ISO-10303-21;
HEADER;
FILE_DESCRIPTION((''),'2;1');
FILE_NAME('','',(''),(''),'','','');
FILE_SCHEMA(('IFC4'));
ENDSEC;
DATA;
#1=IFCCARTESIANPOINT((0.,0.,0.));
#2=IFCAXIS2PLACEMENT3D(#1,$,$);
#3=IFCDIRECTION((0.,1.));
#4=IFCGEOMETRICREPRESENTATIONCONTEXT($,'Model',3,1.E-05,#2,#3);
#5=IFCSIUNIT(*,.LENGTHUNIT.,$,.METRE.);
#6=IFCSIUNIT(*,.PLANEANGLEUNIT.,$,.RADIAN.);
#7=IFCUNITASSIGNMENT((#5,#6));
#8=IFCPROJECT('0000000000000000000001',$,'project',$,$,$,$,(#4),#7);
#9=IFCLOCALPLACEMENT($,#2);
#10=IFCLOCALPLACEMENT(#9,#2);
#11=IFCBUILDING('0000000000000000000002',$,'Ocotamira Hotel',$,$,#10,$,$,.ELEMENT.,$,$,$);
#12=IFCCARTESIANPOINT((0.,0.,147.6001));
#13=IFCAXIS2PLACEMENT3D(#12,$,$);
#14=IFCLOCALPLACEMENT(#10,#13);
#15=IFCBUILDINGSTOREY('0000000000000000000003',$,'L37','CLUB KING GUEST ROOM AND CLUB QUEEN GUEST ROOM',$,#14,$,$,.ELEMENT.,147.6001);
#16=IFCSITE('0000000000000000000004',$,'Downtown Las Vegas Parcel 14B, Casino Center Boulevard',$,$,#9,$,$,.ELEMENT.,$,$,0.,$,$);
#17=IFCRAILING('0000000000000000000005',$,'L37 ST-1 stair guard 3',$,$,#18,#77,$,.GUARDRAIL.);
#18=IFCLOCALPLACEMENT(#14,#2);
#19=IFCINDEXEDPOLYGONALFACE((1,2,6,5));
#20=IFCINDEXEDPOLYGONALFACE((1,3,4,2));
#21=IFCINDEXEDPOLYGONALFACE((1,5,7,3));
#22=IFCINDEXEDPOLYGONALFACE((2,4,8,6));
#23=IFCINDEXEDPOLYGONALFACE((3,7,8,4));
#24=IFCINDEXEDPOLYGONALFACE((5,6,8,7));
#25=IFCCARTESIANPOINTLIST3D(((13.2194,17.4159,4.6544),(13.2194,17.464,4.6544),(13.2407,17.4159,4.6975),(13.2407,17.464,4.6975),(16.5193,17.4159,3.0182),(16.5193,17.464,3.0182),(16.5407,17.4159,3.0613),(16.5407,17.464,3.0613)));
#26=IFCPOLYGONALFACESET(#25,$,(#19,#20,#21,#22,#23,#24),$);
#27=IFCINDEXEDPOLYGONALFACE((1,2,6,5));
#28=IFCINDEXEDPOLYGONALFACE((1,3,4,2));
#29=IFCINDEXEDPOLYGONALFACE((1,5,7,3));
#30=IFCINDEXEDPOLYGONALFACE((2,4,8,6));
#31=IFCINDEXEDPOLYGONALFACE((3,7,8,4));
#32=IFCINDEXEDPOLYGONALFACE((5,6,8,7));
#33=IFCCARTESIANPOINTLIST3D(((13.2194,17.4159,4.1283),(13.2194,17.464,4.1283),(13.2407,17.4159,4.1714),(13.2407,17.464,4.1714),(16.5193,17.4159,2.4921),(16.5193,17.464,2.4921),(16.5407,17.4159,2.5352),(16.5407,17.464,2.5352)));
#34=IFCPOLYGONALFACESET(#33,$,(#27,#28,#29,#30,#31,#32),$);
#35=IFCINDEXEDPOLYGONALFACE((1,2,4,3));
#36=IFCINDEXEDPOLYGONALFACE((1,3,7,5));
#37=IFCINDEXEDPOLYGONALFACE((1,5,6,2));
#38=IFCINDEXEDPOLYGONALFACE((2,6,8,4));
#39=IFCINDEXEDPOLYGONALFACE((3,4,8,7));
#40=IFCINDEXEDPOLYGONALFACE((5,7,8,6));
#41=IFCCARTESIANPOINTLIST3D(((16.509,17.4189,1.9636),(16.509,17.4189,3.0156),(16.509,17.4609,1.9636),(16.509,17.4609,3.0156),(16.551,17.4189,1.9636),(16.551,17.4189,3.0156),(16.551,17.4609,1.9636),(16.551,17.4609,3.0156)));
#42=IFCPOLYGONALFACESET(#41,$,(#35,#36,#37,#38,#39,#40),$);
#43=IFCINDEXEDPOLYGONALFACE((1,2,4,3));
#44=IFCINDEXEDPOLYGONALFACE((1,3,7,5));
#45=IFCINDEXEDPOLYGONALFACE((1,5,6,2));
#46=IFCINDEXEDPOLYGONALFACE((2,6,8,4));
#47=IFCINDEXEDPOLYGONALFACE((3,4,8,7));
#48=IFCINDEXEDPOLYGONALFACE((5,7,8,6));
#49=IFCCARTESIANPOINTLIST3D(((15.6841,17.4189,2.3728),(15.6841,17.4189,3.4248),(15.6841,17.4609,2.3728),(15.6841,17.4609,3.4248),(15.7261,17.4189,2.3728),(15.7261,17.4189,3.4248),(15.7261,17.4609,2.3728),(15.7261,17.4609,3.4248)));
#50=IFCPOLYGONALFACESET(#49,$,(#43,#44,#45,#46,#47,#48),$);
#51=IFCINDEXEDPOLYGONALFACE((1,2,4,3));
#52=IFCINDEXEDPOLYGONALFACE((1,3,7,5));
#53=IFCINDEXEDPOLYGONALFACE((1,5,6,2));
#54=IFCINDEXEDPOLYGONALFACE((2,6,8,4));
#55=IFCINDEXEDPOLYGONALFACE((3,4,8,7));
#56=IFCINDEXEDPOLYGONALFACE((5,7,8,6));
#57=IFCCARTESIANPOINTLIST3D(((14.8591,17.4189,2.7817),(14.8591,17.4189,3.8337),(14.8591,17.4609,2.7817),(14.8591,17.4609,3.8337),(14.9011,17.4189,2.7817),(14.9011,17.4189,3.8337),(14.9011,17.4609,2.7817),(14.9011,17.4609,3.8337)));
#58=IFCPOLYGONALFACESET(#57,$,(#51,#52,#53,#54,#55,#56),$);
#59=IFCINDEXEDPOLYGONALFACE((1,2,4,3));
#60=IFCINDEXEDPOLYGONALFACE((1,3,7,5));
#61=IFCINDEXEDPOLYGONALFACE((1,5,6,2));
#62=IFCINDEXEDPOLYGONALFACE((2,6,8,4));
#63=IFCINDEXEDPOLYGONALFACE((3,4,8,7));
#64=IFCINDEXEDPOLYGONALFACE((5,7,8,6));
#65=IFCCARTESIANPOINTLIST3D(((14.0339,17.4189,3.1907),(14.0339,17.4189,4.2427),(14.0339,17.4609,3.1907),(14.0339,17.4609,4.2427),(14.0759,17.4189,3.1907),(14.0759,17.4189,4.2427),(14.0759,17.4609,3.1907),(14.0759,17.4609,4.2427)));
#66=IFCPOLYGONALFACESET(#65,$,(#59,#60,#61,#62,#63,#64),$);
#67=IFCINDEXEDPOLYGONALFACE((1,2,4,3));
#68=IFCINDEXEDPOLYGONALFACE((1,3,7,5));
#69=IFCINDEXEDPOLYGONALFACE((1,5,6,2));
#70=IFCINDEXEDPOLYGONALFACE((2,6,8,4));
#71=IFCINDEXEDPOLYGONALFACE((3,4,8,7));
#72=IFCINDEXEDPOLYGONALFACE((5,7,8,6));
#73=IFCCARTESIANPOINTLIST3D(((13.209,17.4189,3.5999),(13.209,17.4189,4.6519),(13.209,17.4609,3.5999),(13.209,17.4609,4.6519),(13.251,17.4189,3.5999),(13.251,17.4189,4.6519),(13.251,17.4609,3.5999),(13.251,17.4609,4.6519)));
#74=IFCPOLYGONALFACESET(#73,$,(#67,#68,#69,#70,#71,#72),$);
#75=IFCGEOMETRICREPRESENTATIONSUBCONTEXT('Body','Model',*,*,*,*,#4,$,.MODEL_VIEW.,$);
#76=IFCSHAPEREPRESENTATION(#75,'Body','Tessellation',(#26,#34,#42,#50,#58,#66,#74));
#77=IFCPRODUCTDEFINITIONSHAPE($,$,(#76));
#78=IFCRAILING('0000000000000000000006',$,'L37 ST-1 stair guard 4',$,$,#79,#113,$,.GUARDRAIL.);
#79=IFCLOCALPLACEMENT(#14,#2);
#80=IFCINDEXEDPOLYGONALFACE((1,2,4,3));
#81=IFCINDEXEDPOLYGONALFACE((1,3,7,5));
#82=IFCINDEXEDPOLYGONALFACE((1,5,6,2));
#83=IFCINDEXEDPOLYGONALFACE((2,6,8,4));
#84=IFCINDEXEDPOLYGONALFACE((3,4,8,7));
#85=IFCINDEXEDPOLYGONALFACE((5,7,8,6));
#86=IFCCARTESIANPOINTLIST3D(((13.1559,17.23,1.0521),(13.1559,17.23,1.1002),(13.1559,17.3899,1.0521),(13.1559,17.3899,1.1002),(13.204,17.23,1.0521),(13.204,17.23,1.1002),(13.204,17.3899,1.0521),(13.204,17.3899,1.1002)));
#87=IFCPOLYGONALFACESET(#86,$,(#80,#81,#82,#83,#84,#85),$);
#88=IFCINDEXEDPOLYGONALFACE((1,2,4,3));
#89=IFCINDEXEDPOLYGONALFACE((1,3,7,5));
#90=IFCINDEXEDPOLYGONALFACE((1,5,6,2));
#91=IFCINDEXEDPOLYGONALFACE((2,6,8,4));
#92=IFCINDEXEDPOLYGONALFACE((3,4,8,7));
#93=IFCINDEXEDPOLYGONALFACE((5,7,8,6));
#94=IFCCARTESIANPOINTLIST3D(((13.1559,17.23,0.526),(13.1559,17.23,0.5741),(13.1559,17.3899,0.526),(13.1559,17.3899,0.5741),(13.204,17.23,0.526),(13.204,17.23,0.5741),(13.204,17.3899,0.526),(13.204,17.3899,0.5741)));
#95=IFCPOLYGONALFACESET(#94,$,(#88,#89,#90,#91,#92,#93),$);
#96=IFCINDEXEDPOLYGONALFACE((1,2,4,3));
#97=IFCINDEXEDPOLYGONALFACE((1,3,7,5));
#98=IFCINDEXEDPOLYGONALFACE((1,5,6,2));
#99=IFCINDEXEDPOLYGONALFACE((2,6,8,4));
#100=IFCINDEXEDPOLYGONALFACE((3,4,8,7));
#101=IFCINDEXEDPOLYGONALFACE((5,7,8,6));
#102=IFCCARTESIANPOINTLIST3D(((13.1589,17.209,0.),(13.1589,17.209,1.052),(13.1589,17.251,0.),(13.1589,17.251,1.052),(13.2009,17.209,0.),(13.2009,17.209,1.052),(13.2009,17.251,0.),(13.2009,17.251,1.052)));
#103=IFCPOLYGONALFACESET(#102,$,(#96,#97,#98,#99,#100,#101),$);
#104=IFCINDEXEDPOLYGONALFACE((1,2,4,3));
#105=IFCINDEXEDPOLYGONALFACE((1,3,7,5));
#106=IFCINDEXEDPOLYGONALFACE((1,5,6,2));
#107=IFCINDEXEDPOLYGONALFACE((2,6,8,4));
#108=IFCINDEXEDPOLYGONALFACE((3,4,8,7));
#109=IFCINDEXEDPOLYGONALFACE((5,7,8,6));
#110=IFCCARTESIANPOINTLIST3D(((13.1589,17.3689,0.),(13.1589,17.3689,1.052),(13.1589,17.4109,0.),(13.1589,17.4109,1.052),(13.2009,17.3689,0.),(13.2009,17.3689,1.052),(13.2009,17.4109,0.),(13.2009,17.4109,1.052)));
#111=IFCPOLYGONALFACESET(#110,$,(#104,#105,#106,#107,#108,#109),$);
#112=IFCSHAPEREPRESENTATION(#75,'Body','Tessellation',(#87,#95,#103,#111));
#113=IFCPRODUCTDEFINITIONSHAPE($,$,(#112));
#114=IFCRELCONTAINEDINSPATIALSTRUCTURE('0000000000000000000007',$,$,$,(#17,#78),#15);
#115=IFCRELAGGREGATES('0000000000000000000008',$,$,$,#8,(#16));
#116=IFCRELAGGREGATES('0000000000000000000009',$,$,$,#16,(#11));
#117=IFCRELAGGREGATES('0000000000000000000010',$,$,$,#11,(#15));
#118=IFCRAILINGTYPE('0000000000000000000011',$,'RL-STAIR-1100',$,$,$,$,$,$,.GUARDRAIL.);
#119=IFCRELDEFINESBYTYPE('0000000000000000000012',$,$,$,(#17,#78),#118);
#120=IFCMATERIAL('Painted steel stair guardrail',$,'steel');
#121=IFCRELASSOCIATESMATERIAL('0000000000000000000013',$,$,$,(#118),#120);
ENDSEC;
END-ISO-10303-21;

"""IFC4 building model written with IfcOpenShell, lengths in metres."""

from ifc_helpers import new_model, si_unit, direction, frame, origin, origin_2d, place, context, subcontext, project, spatial, rectangle, extrude, material, type_object, element, save


model = new_model("IFC4")

# Units and contexts
model_context = context("Model", 3, precision=1e-05, world=origin(), true_north=direction((0.0, 1.0)))
body_context = subcontext(model_context, "Body", "Model", "MODEL_VIEW")
ifc_project = project(units=[si_unit("LENGTHUNIT", "METRE"), si_unit("PLANEANGLEUNIT", "RADIAN")], contexts=[model_context])

# Site, building, storey
site_placement = place(None, origin())
site = spatial("IfcSite", under=ifc_project, at=site_placement, Name="Downtown Las Vegas Parcel 14B, Casino Center Boulevard", CompositionType="ELEMENT", RefElevation=0.0)
building_placement = place(site_placement, origin())
building = spatial("IfcBuilding", under=site, at=building_placement, Name="Ocotamira Hotel", CompositionType="ELEMENT")
storey_placement = place(building_placement, frame((0.0, 0.0, 147.6001)))
storey = spatial("IfcBuildingStorey", under=building, at=storey_placement, Name="L37", Description="CLUB KING GUEST ROOM AND CLUB QUEEN GUEST ROOM", CompositionType="ELEMENT", Elevation=147.6001)

# Railings
ifc_material_1 = material(Name="Painted steel stair guardrail", Category="steel")
railing_type_1 = type_object("IfcRailingType", Name="RL-STAIR-1100", PredefinedType="GUARDRAIL", material=ifc_material_1)
railing_1_placement = place(storey_placement, frame((16.53, 17.4399, 1.9636)))
element("IfcRailing", 1, at=railing_1_placement, inside=storey, type_object=railing_type_1, Name="L37 ST-1 stair guard 3", PredefinedType="GUARDRAIL", context=body_context, shape_type="SweptSolid", body=[
    extrude(rectangle(XDim=0.0481, YDim=0.0481, at=origin_2d()), frame((0.0, 0.0, 1.0762), z_axis=(-0.89592, 0.0, 0.444215), x_axis=(0.0, -1.0, 0.0)), (0.0, 0.0, 1.0), 3.6833),
    extrude(rectangle(XDim=0.0481, YDim=0.0481, at=origin_2d()), frame((0.0, 0.0, 0.55), z_axis=(-0.89592, 0.0, 0.444215), x_axis=(0.0, -1.0, 0.0)), (0.0, 0.0, 1.0), 3.6833),
    extrude(rectangle(XDim=0.042, YDim=0.042, at=origin_2d()), origin(), (0.0, 0.0, 1.0), 1.052),
    extrude(rectangle(XDim=0.042, YDim=0.042, at=origin_2d()), frame((-0.825, 0.0, 0.4092)), (0.0, 0.0, 1.0), 1.052),
    extrude(rectangle(XDim=0.042, YDim=0.042, at=origin_2d()), frame((-1.6499, 0.0, 0.8181)), (0.0, 0.0, 1.0), 1.052),
    extrude(rectangle(XDim=0.042, YDim=0.042, at=origin_2d()), frame((-2.4751, 0.0, 1.2271)), (0.0, 0.0, 1.0), 1.052),
    extrude(rectangle(XDim=0.042, YDim=0.042, at=origin_2d()), frame((-3.3, 0.0, 1.6362)), (0.0, 0.0, 1.0), 1.052),
])
railing_2_placement = place(storey_placement, frame((13.1799, 17.23, 0.0)))
element("IfcRailing", 2, at=railing_2_placement, inside=storey, type_object=railing_type_1, Name="L37 ST-1 stair guard 4", PredefinedType="GUARDRAIL", context=body_context, shape_type="SweptSolid", body=[
    extrude(rectangle(XDim=0.0481, YDim=0.0481, at=origin_2d()), frame((0.0, 0.0, 1.0762), z_axis=(0.0, 1.0, 0.0), x_axis=(-1.0, 0.0, 0.0)), (0.0, 0.0, 1.0), 0.1599),
    extrude(rectangle(XDim=0.0481, YDim=0.0481, at=origin_2d()), frame((0.0, 0.0, 0.55), z_axis=(0.0, 1.0, 0.0), x_axis=(-1.0, 0.0, 0.0)), (0.0, 0.0, 1.0), 0.1599),
    extrude(rectangle(XDim=0.042, YDim=0.042, at=origin_2d()), origin(), (0.0, 0.0, 1.0), 1.052),
    extrude(rectangle(XDim=0.042, YDim=0.042, at=origin_2d()), frame((0.0, 0.1599, 0.0)), (0.0, 0.0, 1.0), 1.052),
])

save(model, "model.ifc")
